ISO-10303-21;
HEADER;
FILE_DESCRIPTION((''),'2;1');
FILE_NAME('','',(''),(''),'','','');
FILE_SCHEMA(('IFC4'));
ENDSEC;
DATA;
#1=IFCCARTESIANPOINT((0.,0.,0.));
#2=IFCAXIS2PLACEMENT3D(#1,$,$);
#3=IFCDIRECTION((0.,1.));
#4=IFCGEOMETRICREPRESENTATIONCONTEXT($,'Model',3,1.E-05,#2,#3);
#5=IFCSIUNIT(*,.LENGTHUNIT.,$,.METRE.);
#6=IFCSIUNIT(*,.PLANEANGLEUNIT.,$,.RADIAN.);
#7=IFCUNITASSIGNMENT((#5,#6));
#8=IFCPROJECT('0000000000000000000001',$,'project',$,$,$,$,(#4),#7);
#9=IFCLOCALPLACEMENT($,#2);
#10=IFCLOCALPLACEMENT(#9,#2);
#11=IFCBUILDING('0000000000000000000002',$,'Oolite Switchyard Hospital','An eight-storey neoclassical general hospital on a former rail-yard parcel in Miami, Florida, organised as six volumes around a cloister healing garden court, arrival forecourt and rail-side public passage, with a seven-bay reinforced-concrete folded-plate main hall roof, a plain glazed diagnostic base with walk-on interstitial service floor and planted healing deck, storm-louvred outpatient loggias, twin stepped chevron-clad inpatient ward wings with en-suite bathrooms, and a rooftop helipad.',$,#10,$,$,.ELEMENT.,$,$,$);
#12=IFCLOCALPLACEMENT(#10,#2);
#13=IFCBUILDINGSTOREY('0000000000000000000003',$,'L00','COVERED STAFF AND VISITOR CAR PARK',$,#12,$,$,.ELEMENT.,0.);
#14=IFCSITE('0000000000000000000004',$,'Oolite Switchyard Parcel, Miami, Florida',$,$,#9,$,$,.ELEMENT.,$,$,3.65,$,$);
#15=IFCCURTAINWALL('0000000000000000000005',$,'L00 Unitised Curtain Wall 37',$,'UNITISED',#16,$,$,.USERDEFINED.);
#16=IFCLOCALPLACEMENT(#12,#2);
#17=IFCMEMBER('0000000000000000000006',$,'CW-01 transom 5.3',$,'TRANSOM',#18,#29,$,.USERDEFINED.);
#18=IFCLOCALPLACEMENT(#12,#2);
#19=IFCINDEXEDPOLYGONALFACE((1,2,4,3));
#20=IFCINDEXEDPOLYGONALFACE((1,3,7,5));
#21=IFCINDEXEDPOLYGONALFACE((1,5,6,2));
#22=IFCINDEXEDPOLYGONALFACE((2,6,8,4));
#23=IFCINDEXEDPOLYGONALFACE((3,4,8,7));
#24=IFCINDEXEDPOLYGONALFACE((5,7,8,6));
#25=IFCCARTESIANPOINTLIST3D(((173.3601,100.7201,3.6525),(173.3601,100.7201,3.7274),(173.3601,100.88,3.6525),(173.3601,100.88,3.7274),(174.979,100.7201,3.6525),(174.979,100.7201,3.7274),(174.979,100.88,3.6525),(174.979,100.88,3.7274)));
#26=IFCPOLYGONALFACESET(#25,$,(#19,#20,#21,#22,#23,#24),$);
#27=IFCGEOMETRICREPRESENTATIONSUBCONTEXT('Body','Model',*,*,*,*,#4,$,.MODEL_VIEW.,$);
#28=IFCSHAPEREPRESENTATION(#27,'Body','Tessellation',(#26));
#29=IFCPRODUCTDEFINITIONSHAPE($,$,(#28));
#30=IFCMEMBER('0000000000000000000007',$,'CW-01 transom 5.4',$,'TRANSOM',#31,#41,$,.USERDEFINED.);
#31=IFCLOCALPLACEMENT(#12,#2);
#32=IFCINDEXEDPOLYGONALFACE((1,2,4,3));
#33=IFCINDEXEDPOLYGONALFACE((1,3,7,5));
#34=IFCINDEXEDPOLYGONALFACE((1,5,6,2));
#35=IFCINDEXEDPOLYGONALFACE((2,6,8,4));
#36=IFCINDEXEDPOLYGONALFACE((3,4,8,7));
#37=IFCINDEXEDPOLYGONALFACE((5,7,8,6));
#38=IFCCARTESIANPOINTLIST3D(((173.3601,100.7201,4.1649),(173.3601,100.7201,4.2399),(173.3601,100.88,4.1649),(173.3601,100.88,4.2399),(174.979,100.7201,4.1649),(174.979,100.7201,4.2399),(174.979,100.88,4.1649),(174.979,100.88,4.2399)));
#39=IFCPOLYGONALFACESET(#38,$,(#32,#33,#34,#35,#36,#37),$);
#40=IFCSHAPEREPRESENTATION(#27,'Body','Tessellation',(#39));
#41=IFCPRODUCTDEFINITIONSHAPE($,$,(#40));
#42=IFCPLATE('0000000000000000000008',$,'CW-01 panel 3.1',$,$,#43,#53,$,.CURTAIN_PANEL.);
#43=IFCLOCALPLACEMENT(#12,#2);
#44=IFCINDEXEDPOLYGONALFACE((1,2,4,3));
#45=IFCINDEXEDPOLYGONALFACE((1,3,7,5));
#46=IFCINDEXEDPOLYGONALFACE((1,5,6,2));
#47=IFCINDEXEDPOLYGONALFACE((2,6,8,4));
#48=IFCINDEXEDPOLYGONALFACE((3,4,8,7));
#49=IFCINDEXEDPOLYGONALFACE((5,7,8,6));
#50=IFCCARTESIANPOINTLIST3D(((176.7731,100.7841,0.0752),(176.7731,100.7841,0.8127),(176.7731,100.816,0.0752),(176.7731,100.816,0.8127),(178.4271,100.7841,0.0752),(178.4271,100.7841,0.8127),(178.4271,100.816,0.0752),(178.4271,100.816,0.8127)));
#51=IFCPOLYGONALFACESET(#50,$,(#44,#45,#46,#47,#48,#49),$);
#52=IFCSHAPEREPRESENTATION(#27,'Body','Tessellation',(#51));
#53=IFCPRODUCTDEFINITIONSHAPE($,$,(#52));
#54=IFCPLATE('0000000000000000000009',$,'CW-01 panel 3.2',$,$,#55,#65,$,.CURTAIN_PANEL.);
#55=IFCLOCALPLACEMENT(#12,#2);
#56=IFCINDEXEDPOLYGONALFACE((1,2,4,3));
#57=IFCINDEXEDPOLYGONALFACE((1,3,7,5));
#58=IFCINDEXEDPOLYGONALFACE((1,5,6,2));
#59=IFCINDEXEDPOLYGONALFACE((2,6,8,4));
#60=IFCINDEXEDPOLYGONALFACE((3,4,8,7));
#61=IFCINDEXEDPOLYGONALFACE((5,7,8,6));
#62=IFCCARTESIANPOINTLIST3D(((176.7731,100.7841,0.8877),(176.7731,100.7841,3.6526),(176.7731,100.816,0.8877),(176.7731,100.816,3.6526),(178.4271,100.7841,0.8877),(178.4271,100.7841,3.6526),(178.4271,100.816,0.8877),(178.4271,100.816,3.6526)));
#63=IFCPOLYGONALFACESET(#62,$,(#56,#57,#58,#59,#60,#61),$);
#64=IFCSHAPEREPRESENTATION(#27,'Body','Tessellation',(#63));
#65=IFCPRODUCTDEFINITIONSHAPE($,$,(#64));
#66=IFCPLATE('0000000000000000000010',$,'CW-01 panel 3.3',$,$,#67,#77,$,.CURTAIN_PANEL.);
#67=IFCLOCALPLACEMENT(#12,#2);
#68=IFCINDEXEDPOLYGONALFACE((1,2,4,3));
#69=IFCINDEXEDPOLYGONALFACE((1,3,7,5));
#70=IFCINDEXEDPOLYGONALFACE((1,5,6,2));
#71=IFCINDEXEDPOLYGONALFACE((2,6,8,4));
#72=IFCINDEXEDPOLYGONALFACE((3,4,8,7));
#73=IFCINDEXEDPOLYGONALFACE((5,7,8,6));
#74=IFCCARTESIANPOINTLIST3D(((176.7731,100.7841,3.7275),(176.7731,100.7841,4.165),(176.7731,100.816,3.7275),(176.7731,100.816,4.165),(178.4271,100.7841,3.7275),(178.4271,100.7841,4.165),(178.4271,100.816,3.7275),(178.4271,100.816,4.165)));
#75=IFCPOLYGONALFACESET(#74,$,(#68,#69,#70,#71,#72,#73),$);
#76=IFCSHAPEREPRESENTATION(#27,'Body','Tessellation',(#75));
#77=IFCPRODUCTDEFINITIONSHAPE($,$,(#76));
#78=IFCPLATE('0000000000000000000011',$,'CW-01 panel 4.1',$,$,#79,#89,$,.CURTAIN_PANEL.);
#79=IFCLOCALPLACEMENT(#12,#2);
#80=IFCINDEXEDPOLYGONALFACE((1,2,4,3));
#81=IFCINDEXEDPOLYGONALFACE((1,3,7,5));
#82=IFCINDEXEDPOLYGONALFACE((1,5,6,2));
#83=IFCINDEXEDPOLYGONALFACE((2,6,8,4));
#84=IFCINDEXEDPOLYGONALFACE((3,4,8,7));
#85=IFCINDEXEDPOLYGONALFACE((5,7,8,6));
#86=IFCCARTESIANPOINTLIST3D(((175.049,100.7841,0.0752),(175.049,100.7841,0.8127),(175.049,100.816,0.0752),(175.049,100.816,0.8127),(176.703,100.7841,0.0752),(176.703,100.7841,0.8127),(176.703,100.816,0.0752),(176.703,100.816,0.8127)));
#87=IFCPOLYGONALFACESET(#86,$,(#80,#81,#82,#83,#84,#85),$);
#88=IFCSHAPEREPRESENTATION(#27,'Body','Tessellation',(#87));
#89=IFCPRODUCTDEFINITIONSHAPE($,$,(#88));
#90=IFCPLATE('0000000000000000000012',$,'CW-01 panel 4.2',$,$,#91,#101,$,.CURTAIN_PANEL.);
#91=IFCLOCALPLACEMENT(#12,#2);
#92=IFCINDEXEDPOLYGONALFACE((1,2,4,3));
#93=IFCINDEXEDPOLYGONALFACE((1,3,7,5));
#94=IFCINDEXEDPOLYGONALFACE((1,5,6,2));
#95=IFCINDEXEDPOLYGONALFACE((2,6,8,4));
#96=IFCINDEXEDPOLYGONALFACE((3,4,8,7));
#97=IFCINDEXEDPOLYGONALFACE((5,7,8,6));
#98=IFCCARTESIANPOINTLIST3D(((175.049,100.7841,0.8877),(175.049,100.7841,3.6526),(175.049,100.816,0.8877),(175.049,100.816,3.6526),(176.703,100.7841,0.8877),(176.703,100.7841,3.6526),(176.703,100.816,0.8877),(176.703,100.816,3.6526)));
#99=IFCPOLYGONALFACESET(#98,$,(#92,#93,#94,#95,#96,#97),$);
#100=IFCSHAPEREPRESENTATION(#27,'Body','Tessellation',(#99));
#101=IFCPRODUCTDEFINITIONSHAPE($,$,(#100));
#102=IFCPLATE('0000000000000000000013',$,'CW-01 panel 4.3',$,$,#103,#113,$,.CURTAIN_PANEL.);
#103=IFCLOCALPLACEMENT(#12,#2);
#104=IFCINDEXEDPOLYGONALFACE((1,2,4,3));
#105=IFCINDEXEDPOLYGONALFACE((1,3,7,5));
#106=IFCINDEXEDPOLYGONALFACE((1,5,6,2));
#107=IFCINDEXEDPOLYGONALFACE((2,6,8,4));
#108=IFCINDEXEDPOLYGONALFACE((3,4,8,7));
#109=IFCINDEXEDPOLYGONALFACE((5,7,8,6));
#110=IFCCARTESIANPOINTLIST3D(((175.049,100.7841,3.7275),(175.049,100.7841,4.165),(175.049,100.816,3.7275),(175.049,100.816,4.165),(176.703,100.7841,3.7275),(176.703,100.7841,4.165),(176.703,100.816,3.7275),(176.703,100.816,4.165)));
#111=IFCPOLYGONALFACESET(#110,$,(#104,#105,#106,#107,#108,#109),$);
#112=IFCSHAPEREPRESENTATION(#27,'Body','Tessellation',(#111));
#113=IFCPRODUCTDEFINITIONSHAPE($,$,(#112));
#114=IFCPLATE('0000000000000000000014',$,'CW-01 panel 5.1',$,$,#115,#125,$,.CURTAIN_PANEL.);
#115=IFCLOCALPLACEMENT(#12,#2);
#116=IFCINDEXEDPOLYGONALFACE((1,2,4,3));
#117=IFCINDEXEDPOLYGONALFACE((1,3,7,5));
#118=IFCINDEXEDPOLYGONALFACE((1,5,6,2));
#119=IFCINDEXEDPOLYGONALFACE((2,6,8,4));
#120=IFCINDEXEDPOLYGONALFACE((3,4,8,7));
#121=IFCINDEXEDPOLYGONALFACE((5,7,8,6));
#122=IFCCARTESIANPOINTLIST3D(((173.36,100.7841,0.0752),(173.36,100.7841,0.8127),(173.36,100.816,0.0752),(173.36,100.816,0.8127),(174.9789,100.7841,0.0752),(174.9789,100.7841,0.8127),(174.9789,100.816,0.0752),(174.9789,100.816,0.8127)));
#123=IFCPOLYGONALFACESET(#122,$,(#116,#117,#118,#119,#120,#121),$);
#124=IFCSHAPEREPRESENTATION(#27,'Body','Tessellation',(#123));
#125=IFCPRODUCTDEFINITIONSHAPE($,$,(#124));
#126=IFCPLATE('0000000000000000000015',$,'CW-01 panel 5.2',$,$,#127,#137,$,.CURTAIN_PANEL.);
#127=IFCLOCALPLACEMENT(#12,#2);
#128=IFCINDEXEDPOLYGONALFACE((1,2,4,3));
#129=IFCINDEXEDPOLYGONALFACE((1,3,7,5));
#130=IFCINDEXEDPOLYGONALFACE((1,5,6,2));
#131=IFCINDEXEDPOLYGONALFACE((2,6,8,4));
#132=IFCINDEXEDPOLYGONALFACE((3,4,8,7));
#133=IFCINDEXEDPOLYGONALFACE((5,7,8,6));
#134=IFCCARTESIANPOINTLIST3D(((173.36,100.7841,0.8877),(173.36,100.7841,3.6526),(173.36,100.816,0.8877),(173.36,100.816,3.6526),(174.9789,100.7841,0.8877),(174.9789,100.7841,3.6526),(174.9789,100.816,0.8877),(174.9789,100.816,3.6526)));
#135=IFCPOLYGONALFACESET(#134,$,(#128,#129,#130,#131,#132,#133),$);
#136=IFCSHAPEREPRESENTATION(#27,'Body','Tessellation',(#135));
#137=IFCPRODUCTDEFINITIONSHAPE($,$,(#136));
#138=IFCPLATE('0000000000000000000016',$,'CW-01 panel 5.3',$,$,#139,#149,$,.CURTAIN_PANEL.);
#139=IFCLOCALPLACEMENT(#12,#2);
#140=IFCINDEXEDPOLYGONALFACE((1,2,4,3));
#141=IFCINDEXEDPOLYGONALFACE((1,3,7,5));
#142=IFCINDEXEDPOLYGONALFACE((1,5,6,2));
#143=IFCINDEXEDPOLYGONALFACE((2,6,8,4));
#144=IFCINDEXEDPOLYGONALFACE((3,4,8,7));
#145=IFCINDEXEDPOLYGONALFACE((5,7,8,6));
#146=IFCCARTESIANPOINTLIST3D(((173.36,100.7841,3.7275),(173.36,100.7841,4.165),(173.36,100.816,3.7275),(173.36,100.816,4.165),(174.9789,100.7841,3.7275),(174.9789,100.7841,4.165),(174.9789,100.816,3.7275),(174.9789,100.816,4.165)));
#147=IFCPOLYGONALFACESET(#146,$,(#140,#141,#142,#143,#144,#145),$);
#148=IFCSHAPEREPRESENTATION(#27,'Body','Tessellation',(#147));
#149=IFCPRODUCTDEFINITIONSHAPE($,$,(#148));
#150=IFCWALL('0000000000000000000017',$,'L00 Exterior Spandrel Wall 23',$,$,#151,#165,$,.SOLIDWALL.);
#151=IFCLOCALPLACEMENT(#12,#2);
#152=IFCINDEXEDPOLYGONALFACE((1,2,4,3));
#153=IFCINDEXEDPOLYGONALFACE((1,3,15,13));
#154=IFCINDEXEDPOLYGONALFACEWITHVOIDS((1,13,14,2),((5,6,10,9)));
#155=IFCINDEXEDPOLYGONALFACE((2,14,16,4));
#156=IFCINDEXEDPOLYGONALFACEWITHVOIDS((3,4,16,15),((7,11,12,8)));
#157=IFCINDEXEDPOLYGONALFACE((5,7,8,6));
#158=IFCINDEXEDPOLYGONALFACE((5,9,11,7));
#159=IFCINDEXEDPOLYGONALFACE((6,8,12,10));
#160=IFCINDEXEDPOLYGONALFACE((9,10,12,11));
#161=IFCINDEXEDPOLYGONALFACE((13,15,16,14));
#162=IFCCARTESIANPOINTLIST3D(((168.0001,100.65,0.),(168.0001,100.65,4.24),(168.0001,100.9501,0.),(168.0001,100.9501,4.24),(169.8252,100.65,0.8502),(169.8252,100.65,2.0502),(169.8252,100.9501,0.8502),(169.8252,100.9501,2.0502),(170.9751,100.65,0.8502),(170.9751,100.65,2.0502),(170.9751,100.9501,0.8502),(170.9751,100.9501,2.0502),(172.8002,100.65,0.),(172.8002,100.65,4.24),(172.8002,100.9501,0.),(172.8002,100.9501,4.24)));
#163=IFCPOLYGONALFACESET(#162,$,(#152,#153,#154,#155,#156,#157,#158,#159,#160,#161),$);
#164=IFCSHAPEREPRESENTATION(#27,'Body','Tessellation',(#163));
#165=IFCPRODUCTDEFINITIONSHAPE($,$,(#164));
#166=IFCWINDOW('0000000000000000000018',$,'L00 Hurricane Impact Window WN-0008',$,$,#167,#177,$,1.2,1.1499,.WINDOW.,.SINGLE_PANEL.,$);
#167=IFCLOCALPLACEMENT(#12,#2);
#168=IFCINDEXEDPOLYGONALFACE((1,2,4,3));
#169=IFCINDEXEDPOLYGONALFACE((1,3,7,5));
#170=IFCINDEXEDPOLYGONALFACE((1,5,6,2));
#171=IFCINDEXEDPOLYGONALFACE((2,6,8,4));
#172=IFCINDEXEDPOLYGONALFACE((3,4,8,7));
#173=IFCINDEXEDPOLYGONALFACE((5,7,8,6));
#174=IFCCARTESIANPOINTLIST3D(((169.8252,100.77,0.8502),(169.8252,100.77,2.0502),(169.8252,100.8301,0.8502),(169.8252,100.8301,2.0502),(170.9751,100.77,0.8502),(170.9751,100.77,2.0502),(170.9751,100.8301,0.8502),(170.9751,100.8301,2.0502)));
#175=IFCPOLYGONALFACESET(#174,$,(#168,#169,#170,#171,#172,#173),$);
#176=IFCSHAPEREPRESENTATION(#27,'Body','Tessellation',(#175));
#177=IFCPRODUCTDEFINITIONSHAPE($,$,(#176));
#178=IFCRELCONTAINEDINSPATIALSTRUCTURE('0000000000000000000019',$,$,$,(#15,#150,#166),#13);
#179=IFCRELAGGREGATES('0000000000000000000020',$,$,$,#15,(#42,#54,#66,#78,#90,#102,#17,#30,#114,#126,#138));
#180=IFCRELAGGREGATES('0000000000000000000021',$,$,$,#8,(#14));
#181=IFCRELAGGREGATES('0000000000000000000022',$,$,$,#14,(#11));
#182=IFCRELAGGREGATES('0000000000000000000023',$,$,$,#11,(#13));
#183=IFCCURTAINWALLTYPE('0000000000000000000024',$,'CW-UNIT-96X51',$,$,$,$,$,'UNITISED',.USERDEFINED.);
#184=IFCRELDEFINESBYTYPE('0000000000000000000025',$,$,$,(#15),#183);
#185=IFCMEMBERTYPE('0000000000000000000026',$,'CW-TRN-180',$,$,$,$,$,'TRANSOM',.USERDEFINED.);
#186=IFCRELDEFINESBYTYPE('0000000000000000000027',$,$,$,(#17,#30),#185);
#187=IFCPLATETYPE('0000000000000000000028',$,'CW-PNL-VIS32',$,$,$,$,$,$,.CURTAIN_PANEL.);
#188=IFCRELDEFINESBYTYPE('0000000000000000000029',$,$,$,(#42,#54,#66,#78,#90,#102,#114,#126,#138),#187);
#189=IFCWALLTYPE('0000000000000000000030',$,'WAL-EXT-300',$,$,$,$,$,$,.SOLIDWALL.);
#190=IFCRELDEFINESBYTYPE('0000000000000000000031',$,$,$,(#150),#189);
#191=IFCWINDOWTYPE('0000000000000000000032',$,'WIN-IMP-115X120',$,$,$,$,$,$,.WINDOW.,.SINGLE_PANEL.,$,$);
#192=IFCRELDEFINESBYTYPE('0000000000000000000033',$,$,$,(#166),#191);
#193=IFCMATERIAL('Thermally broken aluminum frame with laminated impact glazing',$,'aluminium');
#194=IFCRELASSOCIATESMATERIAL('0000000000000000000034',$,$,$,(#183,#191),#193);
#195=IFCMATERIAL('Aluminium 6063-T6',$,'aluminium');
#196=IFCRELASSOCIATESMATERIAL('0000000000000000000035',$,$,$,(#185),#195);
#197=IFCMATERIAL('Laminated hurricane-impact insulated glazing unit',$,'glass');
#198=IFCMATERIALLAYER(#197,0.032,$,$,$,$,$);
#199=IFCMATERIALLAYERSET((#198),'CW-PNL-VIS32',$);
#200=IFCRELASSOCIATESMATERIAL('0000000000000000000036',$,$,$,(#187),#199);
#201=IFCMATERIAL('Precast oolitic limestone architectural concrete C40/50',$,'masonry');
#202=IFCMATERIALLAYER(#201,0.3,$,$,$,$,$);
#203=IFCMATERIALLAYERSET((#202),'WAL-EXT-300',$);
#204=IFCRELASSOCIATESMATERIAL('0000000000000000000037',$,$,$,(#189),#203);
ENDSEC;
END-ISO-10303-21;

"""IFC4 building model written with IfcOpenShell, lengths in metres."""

from ifc_helpers import new_model, si_unit, direction, frame, frame_2d, origin, origin_2d, place, context, subcontext, project, spatial, rectangle, extrude, material, layer, layer_set, material_profile, profile_set, type_object, element, fill, aggregate, save


model = new_model("IFC4")

# Units and contexts
model_context = context("Model", 3, precision=1e-05, world=origin(), true_north=direction((0.0, 1.0)))
body_context = subcontext(model_context, "Body", "Model", "MODEL_VIEW")
ifc_project = project(units=[si_unit("LENGTHUNIT", "METRE"), si_unit("PLANEANGLEUNIT", "RADIAN")], contexts=[model_context])

# Site, building, storey
site_placement = place(None, origin())
site = spatial("IfcSite", under=ifc_project, at=site_placement, Name="Oolite Switchyard Parcel, Miami, Florida", CompositionType="ELEMENT", RefElevation=3.65)
building_placement = place(site_placement, origin())
building = spatial("IfcBuilding", under=site, at=building_placement, Name="Oolite Switchyard Hospital", Description="An eight-storey neoclassical general hospital on a former rail-yard parcel in Miami, Florida, organised as six volumes around a cloister healing garden court, arrival forecourt and rail-side public passage, with a seven-bay reinforced-concrete folded-plate main hall roof, a plain glazed diagnostic base with walk-on interstitial service floor and planted healing deck, storm-louvred outpatient loggias, twin stepped chevron-clad inpatient ward wings with en-suite bathrooms, and a rooftop helipad.", CompositionType="ELEMENT")
storey_placement = place(building_placement, origin())
storey = spatial("IfcBuildingStorey", under=building, at=storey_placement, Name="L00", Description="COVERED STAFF AND VISITOR CAR PARK", CompositionType="ELEMENT", Elevation=0.0)

# Curtain wall, members, plates
ifc_material_1 = material(Name="Thermally broken aluminum frame with laminated impact glazing", Category="aluminium")
curtain_wall_type = type_object("IfcCurtainWallType", Name="CW-UNIT-96X51", ElementType="UNITISED", PredefinedType="USERDEFINED", material=ifc_material_1)
curtain_wall_placement = place(storey_placement, origin())
curtain_wall = element("IfcCurtainWall", 1, at=curtain_wall_placement, inside=storey, type_object=curtain_wall_type, Name="L00 Unitised Curtain Wall 37", ObjectType="UNITISED", PredefinedType="USERDEFINED")
ifc_material_2 = material(Name="Aluminium 6063-T6", Category="aluminium")
ifc_material_profile_1 = material_profile(ifc_material_2, rectangle(XDim=0.1599, YDim=0.075, at=origin_2d()), Name="CWT75X160")
ifc_profile_set_1 = profile_set([ifc_material_profile_1], Name="Aluminium 6063-T6")
member_type_1 = type_object("IfcMemberType", Name="CW-TRN-180", ElementType="TRANSOM", PredefinedType="USERDEFINED", material=ifc_profile_set_1)
member_1_placement = place(storey_placement, frame((174.979, 100.8, 3.6899), z_axis=(-1.0, 0.0, 0.0), x_axis=(0.0, -1.0, 0.0)))
member_1 = element("IfcMember", 2, at=member_1_placement, type_object=member_type_1, Name="CW-01 transom 5.3", ObjectType="TRANSOM", PredefinedType="USERDEFINED", context=body_context, shape_type="SweptSolid", body=[
    extrude(rectangle(XDim=0.1599, YDim=0.075, at=origin_2d()), origin(), (0.0, 0.0, 1.0), 1.6189),
])
member_2_placement = place(storey_placement, frame((174.979, 100.8, 4.2024), z_axis=(-1.0, 0.0, 0.0), x_axis=(0.0, -1.0, 0.0)))
member_2 = element("IfcMember", 3, at=member_2_placement, type_object=member_type_1, Name="CW-01 transom 5.4", ObjectType="TRANSOM", PredefinedType="USERDEFINED", context=body_context, shape_type="SweptSolid", body=[
    extrude(rectangle(XDim=0.1599, YDim=0.075, at=origin_2d()), origin(), (0.0, 0.0, 1.0), 1.6189),
])
ifc_material_3 = material(Name="Laminated hurricane-impact insulated glazing unit", Category="glass")
ifc_layer_1 = layer(ifc_material_3, 0.032)
ifc_layer_set_1 = layer_set([ifc_layer_1], Name="CW-PNL-VIS32")
plate_type = type_object("IfcPlateType", Name="CW-PNL-VIS32", PredefinedType="CURTAIN_PANEL", material=ifc_layer_set_1)
plate_1_placement = place(storey_placement, frame((177.6001, 100.8, 0.0752), z_axis=(0.0, 0.0, 1.0), x_axis=(-1.0, 0.0, 0.0)))
plate_1 = element("IfcPlate", 4, at=plate_1_placement, type_object=plate_type, Name="CW-01 panel 3.1", PredefinedType="CURTAIN_PANEL", context=body_context, shape_type="SweptSolid", body=[
    extrude(rectangle(XDim=1.6541, YDim=0.032, at=origin_2d()), origin(), (0.0, 0.0, 1.0), 0.7375),
])
plate_2_placement = place(storey_placement, frame((177.6001, 100.8, 0.8877), z_axis=(0.0, 0.0, 1.0), x_axis=(-1.0, 0.0, 0.0)))
plate_2 = element("IfcPlate", 5, at=plate_2_placement, type_object=plate_type, Name="CW-01 panel 3.2", PredefinedType="CURTAIN_PANEL", context=body_context, shape_type="SweptSolid", body=[
    extrude(rectangle(XDim=1.6541, YDim=0.032, at=origin_2d()), origin(), (0.0, 0.0, 1.0), 2.7649),
])
plate_3_placement = place(storey_placement, frame((177.6001, 100.8, 3.7275), z_axis=(0.0, 0.0, 1.0), x_axis=(-1.0, 0.0, 0.0)))
plate_3 = element("IfcPlate", 6, at=plate_3_placement, type_object=plate_type, Name="CW-01 panel 3.3", PredefinedType="CURTAIN_PANEL", context=body_context, shape_type="SweptSolid", body=[
    extrude(rectangle(XDim=1.6541, YDim=0.032, at=origin_2d()), origin(), (0.0, 0.0, 1.0), 0.4375),
])
plate_4_placement = place(storey_placement, frame((175.876, 100.8, 0.0752), z_axis=(0.0, 0.0, 1.0), x_axis=(-1.0, 0.0, 0.0)))
plate_4 = element("IfcPlate", 7, at=plate_4_placement, type_object=plate_type, Name="CW-01 panel 4.1", PredefinedType="CURTAIN_PANEL", context=body_context, shape_type="SweptSolid", body=[
    extrude(rectangle(XDim=1.6541, YDim=0.032, at=origin_2d()), origin(), (0.0, 0.0, 1.0), 0.7375),
])
plate_5_placement = place(storey_placement, frame((175.876, 100.8, 0.8877), z_axis=(0.0, 0.0, 1.0), x_axis=(-1.0, 0.0, 0.0)))
plate_5 = element("IfcPlate", 8, at=plate_5_placement, type_object=plate_type, Name="CW-01 panel 4.2", PredefinedType="CURTAIN_PANEL", context=body_context, shape_type="SweptSolid", body=[
    extrude(rectangle(XDim=1.6541, YDim=0.032, at=origin_2d()), origin(), (0.0, 0.0, 1.0), 2.7649),
])
plate_6_placement = place(storey_placement, frame((175.876, 100.8, 3.7275), z_axis=(0.0, 0.0, 1.0), x_axis=(-1.0, 0.0, 0.0)))
plate_6 = element("IfcPlate", 9, at=plate_6_placement, type_object=plate_type, Name="CW-01 panel 4.3", PredefinedType="CURTAIN_PANEL", context=body_context, shape_type="SweptSolid", body=[
    extrude(rectangle(XDim=1.6541, YDim=0.032, at=origin_2d()), origin(), (0.0, 0.0, 1.0), 0.4375),
])
plate_7_placement = place(storey_placement, frame((174.1694, 100.8, 0.0752), z_axis=(0.0, 0.0, 1.0), x_axis=(-1.0, 0.0, 0.0)))
plate_7 = element("IfcPlate", 10, at=plate_7_placement, type_object=plate_type, Name="CW-01 panel 5.1", PredefinedType="CURTAIN_PANEL", context=body_context, shape_type="SweptSolid", body=[
    extrude(rectangle(XDim=1.6189, YDim=0.032, at=origin_2d()), origin(), (0.0, 0.0, 1.0), 0.7375),
])
plate_8_placement = place(storey_placement, frame((174.1694, 100.8, 0.8877), z_axis=(0.0, 0.0, 1.0), x_axis=(-1.0, 0.0, 0.0)))
plate_8 = element("IfcPlate", 11, at=plate_8_placement, type_object=plate_type, Name="CW-01 panel 5.2", PredefinedType="CURTAIN_PANEL", context=body_context, shape_type="SweptSolid", body=[
    extrude(rectangle(XDim=1.6189, YDim=0.032, at=origin_2d()), origin(), (0.0, 0.0, 1.0), 2.7649),
])
plate_9_placement = place(storey_placement, frame((174.1694, 100.8, 3.7275), z_axis=(0.0, 0.0, 1.0), x_axis=(-1.0, 0.0, 0.0)))
plate_9 = element("IfcPlate", 12, at=plate_9_placement, type_object=plate_type, Name="CW-01 panel 5.3", PredefinedType="CURTAIN_PANEL", context=body_context, shape_type="SweptSolid", body=[
    extrude(rectangle(XDim=1.6189, YDim=0.032, at=origin_2d()), origin(), (0.0, 0.0, 1.0), 0.4375),
])
aggregate(curtain_wall, [plate_1, plate_2, plate_3, plate_4, plate_5, plate_6, member_1, member_2, plate_7, plate_8, plate_9])

# Wall, opening, window
ifc_material_4 = material(Name="Precast oolitic limestone architectural concrete C40/50", Category="masonry")
ifc_layer_2 = layer(ifc_material_4, 0.3)
ifc_layer_set_2 = layer_set([ifc_layer_2], Name="WAL-EXT-300")
wall_type = type_object("IfcWallType", Name="WAL-EXT-300", PredefinedType="SOLIDWALL", material=ifc_layer_set_2)
wall_placement = place(storey_placement, frame((172.8, 100.8, 0.0), z_axis=(0.0, 0.0, 1.0), x_axis=(-1.0, 0.0, 0.0)))
wall = element("IfcWall", 13, at=wall_placement, inside=storey, type_object=wall_type, Name="L00 Exterior Spandrel Wall 23", PredefinedType="SOLIDWALL", context=body_context, shape_type="SweptSolid", body=[
    extrude(rectangle(XDim=4.8, YDim=0.3, at=frame_2d((2.3999, 0.0))), origin(), (0.0, 0.0, 1.0), 4.24),
])
opening_placement = place(wall_placement, frame((1.825, 0.0, 0.8501)))
opening = element("IfcOpeningElement", 14, at=opening_placement, cuts=wall, PredefinedType="OPENING", context=body_context, shape_type="SweptSolid", body=[
    extrude(rectangle(XDim=1.1499, YDim=1.2, at=frame_2d((0.575, 0.6001))), frame((0.0, 0.1602, 0.0), z_axis=(0.0, -1.0, 0.0), x_axis=(1.0, 0.0, 0.0)), (0.0, 0.0, 1.0), 0.3201),
])
window_type = type_object("IfcWindowType", Name="WIN-IMP-115X120", PartitioningType="SINGLE_PANEL", PredefinedType="WINDOW", material=ifc_material_1)
window_placement = place(opening_placement, origin())
window = element("IfcWindow", 15, at=window_placement, inside=storey, type_object=window_type, Name="L00 Hurricane Impact Window WN-0008", OverallHeight=1.2, OverallWidth=1.1499, PartitioningType="SINGLE_PANEL", PredefinedType="WINDOW", context=body_context, shape_type="SweptSolid", body=[
    extrude(rectangle(XDim=1.1499, YDim=1.2, at=frame_2d((0.575, 0.6001))), frame((0.0, 0.03, 0.0), z_axis=(0.0, -1.0, 0.0), x_axis=(1.0, 0.0, 0.0)), (0.0, 0.0, 1.0), 0.0601),
])
fill(opening, window)

save(model, "model.ifc")
